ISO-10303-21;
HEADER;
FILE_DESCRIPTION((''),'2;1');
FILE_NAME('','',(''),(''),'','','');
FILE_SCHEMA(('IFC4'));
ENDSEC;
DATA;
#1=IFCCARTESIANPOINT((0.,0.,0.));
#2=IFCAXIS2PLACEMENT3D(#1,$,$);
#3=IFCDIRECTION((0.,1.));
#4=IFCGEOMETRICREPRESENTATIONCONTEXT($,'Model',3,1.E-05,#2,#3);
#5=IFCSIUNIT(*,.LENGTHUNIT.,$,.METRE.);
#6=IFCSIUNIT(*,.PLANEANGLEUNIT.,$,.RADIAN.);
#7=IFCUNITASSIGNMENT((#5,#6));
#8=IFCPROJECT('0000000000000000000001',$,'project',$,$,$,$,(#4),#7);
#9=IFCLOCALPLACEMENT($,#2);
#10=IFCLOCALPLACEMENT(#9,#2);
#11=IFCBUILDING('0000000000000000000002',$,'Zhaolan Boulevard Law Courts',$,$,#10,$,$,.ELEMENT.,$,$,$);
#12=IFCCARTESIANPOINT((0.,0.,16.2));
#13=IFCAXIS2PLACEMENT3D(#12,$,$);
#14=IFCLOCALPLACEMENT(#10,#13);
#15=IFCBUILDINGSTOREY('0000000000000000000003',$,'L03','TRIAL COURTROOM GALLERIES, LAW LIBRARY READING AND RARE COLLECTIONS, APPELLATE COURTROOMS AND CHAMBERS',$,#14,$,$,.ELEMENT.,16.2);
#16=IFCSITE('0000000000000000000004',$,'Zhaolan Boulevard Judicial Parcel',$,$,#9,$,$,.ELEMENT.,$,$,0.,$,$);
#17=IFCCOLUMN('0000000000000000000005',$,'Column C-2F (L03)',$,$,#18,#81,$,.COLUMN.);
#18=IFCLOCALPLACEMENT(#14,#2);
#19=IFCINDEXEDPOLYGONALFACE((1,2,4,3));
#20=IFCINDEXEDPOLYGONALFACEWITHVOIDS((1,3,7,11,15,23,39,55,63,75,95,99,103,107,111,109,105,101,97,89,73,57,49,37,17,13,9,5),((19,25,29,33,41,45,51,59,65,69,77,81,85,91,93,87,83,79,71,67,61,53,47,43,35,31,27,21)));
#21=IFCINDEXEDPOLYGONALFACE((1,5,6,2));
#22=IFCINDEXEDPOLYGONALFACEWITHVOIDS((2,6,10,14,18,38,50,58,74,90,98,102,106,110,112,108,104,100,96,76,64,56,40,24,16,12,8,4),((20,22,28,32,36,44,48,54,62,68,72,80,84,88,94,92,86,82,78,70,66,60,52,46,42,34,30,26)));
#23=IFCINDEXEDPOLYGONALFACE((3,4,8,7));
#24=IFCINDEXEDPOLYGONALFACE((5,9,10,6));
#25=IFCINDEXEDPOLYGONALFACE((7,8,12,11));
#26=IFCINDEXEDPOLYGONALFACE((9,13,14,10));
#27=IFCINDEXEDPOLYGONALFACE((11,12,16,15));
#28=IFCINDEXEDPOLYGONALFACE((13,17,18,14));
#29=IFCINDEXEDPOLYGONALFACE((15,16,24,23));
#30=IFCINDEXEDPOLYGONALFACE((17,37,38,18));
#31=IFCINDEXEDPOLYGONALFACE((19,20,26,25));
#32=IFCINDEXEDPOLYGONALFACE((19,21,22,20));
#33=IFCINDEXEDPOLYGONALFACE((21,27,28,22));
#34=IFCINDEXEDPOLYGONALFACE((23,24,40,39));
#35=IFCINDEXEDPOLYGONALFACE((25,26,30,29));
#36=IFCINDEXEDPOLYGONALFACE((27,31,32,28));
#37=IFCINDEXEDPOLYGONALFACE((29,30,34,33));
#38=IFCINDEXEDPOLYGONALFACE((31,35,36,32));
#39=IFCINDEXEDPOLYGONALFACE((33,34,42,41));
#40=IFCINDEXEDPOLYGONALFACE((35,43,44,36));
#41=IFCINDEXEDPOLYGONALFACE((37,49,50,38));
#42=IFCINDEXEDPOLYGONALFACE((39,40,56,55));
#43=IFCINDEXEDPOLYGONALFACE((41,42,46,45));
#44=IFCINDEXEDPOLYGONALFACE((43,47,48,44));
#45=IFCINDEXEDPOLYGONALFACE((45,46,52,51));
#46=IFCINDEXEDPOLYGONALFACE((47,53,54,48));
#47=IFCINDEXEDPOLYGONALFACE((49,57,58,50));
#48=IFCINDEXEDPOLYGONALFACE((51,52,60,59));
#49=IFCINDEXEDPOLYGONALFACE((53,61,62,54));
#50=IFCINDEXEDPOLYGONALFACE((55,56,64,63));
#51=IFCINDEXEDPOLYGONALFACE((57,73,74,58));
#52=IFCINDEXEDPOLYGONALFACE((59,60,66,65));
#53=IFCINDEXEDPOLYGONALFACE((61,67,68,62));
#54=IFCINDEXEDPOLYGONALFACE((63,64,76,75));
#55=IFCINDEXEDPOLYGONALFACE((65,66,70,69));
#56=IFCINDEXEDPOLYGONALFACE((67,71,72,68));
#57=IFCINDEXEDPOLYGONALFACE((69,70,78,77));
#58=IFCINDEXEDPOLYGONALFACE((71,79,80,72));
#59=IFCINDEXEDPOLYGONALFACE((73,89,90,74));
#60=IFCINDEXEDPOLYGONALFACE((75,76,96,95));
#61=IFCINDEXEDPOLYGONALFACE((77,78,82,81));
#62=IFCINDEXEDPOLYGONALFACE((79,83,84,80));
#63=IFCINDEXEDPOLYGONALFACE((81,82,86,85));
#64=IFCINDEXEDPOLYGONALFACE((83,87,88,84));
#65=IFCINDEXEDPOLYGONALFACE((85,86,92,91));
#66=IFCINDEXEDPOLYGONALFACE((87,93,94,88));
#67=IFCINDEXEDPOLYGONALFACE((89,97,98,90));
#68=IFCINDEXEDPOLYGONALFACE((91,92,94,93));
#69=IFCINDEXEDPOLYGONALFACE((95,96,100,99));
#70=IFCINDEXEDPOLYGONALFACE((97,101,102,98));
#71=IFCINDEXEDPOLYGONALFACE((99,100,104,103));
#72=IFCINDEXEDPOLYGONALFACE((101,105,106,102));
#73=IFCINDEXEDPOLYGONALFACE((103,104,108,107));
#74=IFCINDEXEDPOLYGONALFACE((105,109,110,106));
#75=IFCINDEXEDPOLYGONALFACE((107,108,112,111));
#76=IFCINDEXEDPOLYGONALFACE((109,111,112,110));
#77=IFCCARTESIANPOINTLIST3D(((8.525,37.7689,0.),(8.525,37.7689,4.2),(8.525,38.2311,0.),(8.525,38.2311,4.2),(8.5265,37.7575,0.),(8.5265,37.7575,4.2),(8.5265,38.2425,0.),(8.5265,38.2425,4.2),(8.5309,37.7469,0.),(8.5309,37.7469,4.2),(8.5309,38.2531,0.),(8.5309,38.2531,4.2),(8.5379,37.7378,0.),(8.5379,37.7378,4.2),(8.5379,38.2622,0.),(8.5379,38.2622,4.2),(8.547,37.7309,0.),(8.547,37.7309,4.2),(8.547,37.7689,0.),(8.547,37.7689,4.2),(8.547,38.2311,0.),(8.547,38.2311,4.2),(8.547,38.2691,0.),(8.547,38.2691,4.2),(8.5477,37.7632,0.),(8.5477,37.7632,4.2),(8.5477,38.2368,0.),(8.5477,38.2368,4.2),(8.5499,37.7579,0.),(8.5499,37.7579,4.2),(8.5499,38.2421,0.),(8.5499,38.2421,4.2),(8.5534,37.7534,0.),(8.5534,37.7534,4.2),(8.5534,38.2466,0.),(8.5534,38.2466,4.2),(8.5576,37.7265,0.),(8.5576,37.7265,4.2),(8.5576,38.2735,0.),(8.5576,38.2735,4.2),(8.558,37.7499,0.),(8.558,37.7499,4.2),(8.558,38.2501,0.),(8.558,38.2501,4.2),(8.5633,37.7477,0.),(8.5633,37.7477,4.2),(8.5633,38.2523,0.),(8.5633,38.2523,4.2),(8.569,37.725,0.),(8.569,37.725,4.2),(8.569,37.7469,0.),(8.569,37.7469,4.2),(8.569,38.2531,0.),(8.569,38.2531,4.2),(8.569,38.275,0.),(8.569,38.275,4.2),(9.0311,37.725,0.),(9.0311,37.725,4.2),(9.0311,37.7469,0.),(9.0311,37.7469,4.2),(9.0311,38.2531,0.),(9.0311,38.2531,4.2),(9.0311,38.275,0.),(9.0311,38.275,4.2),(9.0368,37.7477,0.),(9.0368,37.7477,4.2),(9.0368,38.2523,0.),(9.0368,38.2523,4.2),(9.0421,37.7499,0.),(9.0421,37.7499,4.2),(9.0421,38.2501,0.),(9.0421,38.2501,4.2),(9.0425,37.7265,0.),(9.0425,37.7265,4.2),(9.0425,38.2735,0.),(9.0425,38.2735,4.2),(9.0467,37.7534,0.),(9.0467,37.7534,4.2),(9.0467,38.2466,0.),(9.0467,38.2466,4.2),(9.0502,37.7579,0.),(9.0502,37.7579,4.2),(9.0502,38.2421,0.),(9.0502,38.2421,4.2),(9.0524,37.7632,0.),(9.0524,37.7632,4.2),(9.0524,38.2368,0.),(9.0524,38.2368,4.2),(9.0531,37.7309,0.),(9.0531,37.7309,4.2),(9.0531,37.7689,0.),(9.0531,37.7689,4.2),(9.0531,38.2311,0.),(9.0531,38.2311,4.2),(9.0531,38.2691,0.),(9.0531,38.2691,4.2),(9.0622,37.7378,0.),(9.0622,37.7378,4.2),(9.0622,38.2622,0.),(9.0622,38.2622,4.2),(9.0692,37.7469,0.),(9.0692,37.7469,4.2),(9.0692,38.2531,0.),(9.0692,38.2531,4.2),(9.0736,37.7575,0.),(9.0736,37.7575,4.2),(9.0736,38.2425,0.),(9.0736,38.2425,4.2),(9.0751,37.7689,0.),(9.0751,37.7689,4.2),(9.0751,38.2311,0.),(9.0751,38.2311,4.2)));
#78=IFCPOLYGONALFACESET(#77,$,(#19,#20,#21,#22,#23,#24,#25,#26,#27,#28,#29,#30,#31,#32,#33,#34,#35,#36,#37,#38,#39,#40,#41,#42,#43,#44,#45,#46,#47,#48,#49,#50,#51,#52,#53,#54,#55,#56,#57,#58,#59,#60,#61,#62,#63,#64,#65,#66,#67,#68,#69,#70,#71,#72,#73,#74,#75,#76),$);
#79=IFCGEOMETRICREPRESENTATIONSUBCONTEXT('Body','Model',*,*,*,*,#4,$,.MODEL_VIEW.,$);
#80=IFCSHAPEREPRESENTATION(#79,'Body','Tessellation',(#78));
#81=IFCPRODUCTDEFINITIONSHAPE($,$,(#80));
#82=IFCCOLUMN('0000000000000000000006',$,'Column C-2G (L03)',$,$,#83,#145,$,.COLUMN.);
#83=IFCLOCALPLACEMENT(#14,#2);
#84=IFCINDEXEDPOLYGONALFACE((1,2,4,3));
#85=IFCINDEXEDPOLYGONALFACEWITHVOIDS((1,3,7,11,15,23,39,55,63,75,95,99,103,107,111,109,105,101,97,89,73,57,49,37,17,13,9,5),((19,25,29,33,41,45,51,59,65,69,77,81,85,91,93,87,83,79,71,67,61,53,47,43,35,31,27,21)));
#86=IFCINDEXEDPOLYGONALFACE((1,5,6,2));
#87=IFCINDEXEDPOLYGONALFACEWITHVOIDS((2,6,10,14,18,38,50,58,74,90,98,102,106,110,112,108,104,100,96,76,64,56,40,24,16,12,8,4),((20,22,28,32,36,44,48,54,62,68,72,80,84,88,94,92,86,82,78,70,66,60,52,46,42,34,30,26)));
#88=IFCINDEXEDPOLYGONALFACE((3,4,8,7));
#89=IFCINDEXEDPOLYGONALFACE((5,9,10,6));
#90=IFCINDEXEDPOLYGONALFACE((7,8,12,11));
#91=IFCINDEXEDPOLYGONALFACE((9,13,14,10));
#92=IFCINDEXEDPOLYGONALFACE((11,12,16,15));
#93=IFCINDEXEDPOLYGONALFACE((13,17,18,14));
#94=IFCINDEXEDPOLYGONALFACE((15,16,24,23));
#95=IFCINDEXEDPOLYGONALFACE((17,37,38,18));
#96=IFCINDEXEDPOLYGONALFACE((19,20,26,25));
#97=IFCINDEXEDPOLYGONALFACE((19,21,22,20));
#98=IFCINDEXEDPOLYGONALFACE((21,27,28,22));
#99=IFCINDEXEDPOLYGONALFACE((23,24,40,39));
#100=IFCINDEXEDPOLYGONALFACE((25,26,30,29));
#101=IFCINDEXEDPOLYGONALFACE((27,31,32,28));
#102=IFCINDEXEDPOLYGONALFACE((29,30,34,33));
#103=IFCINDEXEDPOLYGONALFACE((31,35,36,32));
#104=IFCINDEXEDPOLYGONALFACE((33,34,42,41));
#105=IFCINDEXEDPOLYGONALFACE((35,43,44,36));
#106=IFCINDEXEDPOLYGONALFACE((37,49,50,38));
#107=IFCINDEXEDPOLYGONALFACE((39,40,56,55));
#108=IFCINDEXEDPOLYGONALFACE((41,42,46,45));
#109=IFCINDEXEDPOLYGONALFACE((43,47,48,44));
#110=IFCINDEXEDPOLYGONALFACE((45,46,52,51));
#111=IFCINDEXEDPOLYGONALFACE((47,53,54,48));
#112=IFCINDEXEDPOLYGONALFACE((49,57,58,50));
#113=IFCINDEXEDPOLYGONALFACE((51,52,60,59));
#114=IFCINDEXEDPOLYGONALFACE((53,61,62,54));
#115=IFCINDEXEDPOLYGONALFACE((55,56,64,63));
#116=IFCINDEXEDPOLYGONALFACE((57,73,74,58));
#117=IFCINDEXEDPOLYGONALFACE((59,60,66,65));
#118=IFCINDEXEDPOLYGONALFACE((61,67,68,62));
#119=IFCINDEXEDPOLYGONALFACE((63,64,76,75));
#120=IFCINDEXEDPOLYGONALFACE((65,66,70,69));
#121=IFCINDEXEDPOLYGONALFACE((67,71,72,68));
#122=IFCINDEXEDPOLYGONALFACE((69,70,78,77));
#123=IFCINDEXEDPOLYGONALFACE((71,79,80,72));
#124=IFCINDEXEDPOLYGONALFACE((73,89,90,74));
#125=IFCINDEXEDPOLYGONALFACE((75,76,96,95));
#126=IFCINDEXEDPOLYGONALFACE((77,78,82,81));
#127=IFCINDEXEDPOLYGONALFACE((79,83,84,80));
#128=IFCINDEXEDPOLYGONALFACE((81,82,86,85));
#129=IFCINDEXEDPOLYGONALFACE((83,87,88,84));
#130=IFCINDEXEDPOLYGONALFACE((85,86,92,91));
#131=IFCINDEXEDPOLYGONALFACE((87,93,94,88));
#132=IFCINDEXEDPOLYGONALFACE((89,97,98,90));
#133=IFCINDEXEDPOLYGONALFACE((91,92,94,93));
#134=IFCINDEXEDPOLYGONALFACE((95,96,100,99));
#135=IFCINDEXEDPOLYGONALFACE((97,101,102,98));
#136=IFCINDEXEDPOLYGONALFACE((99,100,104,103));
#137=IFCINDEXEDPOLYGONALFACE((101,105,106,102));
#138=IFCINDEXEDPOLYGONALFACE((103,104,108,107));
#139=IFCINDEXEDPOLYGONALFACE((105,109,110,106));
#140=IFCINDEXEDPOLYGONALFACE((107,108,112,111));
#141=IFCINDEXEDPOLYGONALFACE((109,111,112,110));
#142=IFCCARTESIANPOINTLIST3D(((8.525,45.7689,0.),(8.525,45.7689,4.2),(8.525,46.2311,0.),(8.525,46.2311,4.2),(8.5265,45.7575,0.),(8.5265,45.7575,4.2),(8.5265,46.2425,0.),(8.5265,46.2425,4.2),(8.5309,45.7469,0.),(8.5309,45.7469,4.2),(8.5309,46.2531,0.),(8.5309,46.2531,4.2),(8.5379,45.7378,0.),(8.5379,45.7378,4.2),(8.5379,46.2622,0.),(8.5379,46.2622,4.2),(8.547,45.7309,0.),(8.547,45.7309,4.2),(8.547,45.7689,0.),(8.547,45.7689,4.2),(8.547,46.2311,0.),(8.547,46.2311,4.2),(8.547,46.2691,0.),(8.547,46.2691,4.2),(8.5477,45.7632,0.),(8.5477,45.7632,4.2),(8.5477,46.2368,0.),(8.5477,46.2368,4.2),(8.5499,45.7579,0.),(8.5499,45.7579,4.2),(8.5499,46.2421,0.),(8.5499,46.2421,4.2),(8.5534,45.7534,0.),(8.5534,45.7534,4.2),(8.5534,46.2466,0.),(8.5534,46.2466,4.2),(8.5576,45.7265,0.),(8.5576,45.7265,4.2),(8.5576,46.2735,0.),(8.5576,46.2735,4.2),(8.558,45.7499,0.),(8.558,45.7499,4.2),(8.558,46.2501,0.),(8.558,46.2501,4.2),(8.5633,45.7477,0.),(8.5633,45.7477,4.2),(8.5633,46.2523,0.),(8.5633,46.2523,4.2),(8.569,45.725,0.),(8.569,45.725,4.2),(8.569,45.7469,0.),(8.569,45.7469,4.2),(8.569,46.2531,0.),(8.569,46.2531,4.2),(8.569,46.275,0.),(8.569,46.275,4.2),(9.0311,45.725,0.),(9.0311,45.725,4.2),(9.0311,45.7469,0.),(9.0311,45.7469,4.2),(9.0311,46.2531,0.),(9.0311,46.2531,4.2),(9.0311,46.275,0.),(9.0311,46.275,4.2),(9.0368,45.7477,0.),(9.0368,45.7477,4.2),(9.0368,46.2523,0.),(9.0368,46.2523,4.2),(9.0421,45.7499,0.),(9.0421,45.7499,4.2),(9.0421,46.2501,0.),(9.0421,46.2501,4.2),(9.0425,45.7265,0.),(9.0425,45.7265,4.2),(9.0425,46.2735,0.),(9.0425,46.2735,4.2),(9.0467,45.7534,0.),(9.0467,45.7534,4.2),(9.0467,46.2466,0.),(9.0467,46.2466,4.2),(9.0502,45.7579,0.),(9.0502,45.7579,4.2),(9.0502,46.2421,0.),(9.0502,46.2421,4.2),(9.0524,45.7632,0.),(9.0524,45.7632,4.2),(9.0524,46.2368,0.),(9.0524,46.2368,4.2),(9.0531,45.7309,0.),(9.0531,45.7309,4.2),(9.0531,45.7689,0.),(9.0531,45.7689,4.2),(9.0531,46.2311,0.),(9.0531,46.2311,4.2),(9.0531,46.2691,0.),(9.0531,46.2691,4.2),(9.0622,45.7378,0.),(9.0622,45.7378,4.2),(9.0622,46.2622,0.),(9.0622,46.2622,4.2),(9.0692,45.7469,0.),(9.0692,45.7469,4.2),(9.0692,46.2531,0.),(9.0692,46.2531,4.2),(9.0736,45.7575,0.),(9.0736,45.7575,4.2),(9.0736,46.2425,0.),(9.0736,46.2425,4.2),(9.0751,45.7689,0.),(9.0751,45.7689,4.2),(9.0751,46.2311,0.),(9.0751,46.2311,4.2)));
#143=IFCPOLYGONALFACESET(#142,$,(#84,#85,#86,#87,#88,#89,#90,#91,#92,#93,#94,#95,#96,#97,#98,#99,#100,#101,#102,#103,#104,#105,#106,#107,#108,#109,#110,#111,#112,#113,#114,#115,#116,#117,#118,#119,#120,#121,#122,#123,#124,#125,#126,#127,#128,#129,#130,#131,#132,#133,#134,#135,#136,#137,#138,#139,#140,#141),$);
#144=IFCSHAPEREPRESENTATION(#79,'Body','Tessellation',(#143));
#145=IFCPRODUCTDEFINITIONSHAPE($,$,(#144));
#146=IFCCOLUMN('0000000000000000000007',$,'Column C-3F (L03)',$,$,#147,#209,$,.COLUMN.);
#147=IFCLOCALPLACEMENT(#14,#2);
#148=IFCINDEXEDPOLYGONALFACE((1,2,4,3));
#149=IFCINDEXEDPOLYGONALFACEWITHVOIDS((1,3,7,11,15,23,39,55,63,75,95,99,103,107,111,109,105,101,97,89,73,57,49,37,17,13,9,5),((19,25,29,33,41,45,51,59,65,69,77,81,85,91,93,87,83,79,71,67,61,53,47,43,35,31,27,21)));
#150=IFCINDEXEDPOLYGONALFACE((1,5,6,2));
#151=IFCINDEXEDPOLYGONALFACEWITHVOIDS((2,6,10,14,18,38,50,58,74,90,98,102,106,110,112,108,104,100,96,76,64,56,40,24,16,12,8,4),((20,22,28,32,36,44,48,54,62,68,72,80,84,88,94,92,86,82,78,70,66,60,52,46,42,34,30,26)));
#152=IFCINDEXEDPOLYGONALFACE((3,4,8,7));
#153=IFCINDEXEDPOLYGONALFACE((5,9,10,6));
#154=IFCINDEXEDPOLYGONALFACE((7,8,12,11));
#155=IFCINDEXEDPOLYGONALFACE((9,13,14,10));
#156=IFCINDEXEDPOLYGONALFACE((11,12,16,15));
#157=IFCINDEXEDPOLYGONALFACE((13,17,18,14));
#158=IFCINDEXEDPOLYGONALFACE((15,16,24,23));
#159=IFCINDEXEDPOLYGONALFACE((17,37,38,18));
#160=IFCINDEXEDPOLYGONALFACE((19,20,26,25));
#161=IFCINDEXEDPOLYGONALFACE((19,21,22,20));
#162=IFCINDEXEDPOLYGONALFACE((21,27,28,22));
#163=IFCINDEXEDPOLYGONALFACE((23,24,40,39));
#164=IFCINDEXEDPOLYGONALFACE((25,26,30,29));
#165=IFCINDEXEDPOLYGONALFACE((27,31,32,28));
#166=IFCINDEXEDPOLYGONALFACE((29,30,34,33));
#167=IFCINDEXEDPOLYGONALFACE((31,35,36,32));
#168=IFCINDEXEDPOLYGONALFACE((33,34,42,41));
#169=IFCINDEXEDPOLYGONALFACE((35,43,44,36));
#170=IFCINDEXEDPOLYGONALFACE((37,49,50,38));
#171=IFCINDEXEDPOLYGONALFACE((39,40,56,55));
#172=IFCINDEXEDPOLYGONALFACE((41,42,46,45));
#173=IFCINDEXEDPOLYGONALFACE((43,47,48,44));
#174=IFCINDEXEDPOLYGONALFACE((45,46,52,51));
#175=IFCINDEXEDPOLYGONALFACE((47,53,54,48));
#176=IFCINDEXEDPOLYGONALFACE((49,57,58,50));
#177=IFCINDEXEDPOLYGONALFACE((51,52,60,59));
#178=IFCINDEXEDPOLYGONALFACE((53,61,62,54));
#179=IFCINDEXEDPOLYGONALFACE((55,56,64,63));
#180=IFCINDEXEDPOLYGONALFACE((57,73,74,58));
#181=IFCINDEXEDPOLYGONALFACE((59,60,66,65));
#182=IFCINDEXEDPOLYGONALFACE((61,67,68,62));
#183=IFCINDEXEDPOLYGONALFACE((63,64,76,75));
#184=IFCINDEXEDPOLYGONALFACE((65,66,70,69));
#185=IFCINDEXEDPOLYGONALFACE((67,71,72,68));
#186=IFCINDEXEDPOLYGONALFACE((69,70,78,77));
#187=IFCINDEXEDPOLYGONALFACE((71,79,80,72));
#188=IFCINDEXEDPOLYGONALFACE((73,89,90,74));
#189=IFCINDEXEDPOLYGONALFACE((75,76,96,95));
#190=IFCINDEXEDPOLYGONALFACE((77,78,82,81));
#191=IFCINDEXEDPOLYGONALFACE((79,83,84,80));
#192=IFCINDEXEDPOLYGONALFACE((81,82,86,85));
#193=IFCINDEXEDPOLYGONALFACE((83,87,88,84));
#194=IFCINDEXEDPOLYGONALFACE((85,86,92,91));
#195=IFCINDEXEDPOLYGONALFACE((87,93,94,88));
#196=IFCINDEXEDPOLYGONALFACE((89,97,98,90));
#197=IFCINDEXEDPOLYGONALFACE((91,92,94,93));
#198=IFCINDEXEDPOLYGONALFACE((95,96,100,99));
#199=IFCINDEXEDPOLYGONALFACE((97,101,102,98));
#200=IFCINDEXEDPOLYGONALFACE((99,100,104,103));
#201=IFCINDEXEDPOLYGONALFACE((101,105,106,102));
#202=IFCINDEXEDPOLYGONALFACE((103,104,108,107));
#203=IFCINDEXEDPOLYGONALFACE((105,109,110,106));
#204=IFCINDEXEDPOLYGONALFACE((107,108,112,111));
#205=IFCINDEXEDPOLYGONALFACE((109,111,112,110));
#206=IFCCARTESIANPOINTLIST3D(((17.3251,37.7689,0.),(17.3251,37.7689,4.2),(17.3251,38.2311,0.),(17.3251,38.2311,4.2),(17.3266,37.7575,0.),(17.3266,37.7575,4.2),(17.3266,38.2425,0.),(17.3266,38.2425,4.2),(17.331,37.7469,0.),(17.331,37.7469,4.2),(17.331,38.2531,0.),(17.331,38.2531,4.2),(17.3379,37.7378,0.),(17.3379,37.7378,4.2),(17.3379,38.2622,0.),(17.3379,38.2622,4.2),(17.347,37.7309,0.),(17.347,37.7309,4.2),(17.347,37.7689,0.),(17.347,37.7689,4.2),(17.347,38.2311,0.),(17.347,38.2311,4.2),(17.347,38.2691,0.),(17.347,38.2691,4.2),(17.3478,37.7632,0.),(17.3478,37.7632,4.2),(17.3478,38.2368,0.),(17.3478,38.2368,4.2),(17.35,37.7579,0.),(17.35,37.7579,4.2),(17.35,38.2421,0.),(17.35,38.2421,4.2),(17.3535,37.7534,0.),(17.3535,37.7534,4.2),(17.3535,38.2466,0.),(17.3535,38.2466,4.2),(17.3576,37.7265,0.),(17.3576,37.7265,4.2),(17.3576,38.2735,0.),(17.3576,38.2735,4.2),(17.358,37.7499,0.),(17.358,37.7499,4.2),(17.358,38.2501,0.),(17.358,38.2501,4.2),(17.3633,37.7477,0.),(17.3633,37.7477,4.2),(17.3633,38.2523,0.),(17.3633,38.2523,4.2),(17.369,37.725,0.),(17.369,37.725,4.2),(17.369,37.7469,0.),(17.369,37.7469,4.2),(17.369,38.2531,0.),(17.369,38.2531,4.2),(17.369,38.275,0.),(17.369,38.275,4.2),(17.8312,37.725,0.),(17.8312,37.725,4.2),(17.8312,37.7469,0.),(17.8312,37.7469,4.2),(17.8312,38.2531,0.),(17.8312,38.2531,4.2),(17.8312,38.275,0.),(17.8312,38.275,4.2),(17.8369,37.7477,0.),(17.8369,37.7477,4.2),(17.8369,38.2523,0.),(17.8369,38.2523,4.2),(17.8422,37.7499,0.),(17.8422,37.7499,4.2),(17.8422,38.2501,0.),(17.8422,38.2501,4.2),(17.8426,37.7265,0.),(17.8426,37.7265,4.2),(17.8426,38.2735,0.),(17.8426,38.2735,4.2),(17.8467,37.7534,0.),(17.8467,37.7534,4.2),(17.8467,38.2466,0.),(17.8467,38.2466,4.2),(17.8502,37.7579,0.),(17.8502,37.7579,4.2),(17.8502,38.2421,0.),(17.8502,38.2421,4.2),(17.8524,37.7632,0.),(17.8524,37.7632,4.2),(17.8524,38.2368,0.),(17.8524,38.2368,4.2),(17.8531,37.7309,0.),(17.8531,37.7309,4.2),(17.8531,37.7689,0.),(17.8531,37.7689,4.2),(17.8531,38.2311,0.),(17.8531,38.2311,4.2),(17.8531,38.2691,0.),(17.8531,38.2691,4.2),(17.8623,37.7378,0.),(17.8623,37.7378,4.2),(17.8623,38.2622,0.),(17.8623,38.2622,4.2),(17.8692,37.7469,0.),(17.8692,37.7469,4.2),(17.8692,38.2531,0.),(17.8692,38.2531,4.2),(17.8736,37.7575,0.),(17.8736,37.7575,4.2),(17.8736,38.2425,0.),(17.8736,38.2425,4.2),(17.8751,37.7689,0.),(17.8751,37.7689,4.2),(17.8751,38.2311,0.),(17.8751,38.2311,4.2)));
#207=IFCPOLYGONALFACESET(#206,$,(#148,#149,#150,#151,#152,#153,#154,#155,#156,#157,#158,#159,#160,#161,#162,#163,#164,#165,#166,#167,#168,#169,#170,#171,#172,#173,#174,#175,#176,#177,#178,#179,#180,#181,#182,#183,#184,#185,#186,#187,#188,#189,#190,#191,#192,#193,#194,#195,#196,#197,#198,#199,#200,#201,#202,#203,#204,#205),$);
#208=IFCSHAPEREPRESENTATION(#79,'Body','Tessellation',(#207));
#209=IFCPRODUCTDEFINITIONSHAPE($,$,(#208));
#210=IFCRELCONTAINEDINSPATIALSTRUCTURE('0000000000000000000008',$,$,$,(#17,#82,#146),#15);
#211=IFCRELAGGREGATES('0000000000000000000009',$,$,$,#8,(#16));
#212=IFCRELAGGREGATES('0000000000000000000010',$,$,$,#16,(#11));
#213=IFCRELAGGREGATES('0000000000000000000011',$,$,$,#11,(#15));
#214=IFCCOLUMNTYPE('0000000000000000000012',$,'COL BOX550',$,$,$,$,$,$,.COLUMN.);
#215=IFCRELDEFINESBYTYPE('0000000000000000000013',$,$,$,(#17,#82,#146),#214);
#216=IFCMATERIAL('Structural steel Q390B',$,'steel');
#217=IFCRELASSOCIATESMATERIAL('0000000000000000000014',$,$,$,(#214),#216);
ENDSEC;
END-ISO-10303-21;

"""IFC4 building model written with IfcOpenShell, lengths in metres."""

from ifc_helpers import new_model, si_unit, direction, frame, origin, origin_2d, place, context, subcontext, project, spatial, hollow_rectangle, extrude, material, material_profile, profile_set, type_object, element, save


model = new_model("IFC4")

# Units and contexts
model_context = context("Model", 3, precision=1e-05, world=origin(), true_north=direction((0.0, 1.0)))
body_context = subcontext(model_context, "Body", "Model", "MODEL_VIEW")
ifc_project = project(units=[si_unit("LENGTHUNIT", "METRE"), si_unit("PLANEANGLEUNIT", "RADIAN")], contexts=[model_context])

# Site, building, storey
site_placement = place(None, origin())
site = spatial("IfcSite", under=ifc_project, at=site_placement, Name="Zhaolan Boulevard Judicial Parcel", CompositionType="ELEMENT", RefElevation=0.0)
building_placement = place(site_placement, origin())
building = spatial("IfcBuilding", under=site, at=building_placement, Name="Zhaolan Boulevard Law Courts", CompositionType="ELEMENT")
storey_placement = place(building_placement, frame((0.0, 0.0, 16.2)))
storey = spatial("IfcBuildingStorey", under=building, at=storey_placement, Name="L03", Description="TRIAL COURTROOM GALLERIES, LAW LIBRARY READING AND RARE COLLECTIONS, APPELLATE COURTROOMS AND CHAMBERS", CompositionType="ELEMENT", Elevation=16.2)

# Columns
ifc_material_1 = material(Name="Structural steel Q390B", Category="steel")
ifc_material_profile_1 = material_profile(ifc_material_1, hollow_rectangle(XDim=0.55, YDim=0.55, WallThickness=0.022, InnerFilletRadius=0.022, OuterFilletRadius=0.0439, at=origin_2d()), Name="BOX550x550x22")
ifc_profile_set_1 = profile_set([ifc_material_profile_1], Name="Structural steel Q390B")
column_type = type_object("IfcColumnType", Name="COL BOX550", PredefinedType="COLUMN", material=ifc_profile_set_1)
for number, where, z_axis, x_axis, name in (
    (1, (8.8, 38.0, 0.0), (0.0, 0.0, 1.0), (1.0, 0.0, 0.0), "Column C-2F (L03)"),
    (2, (8.8, 46.0, 0.0), (0.0, 0.0, 1.0), (1.0, 0.0, 0.0), "Column C-2G (L03)"),
    (3, (17.6001, 38.0, 0.0), (0.0, 0.0, 1.0), (1.0, 0.0, 0.0), "Column C-3F (L03)"),
):
    element("IfcColumn", number, at=place(storey_placement, frame(where, z_axis=z_axis, x_axis=x_axis)), inside=storey, type_object=column_type, Name=name, PredefinedType="COLUMN", context=body_context, shape_type="SweptSolid", body=[
        extrude(hollow_rectangle(XDim=0.55, YDim=0.55, WallThickness=0.022, InnerFilletRadius=0.022, OuterFilletRadius=0.0439, at=origin_2d()), origin(), (0.0, 0.0, 1.0), 4.2),
    ])

save(model, "model.ifc")
